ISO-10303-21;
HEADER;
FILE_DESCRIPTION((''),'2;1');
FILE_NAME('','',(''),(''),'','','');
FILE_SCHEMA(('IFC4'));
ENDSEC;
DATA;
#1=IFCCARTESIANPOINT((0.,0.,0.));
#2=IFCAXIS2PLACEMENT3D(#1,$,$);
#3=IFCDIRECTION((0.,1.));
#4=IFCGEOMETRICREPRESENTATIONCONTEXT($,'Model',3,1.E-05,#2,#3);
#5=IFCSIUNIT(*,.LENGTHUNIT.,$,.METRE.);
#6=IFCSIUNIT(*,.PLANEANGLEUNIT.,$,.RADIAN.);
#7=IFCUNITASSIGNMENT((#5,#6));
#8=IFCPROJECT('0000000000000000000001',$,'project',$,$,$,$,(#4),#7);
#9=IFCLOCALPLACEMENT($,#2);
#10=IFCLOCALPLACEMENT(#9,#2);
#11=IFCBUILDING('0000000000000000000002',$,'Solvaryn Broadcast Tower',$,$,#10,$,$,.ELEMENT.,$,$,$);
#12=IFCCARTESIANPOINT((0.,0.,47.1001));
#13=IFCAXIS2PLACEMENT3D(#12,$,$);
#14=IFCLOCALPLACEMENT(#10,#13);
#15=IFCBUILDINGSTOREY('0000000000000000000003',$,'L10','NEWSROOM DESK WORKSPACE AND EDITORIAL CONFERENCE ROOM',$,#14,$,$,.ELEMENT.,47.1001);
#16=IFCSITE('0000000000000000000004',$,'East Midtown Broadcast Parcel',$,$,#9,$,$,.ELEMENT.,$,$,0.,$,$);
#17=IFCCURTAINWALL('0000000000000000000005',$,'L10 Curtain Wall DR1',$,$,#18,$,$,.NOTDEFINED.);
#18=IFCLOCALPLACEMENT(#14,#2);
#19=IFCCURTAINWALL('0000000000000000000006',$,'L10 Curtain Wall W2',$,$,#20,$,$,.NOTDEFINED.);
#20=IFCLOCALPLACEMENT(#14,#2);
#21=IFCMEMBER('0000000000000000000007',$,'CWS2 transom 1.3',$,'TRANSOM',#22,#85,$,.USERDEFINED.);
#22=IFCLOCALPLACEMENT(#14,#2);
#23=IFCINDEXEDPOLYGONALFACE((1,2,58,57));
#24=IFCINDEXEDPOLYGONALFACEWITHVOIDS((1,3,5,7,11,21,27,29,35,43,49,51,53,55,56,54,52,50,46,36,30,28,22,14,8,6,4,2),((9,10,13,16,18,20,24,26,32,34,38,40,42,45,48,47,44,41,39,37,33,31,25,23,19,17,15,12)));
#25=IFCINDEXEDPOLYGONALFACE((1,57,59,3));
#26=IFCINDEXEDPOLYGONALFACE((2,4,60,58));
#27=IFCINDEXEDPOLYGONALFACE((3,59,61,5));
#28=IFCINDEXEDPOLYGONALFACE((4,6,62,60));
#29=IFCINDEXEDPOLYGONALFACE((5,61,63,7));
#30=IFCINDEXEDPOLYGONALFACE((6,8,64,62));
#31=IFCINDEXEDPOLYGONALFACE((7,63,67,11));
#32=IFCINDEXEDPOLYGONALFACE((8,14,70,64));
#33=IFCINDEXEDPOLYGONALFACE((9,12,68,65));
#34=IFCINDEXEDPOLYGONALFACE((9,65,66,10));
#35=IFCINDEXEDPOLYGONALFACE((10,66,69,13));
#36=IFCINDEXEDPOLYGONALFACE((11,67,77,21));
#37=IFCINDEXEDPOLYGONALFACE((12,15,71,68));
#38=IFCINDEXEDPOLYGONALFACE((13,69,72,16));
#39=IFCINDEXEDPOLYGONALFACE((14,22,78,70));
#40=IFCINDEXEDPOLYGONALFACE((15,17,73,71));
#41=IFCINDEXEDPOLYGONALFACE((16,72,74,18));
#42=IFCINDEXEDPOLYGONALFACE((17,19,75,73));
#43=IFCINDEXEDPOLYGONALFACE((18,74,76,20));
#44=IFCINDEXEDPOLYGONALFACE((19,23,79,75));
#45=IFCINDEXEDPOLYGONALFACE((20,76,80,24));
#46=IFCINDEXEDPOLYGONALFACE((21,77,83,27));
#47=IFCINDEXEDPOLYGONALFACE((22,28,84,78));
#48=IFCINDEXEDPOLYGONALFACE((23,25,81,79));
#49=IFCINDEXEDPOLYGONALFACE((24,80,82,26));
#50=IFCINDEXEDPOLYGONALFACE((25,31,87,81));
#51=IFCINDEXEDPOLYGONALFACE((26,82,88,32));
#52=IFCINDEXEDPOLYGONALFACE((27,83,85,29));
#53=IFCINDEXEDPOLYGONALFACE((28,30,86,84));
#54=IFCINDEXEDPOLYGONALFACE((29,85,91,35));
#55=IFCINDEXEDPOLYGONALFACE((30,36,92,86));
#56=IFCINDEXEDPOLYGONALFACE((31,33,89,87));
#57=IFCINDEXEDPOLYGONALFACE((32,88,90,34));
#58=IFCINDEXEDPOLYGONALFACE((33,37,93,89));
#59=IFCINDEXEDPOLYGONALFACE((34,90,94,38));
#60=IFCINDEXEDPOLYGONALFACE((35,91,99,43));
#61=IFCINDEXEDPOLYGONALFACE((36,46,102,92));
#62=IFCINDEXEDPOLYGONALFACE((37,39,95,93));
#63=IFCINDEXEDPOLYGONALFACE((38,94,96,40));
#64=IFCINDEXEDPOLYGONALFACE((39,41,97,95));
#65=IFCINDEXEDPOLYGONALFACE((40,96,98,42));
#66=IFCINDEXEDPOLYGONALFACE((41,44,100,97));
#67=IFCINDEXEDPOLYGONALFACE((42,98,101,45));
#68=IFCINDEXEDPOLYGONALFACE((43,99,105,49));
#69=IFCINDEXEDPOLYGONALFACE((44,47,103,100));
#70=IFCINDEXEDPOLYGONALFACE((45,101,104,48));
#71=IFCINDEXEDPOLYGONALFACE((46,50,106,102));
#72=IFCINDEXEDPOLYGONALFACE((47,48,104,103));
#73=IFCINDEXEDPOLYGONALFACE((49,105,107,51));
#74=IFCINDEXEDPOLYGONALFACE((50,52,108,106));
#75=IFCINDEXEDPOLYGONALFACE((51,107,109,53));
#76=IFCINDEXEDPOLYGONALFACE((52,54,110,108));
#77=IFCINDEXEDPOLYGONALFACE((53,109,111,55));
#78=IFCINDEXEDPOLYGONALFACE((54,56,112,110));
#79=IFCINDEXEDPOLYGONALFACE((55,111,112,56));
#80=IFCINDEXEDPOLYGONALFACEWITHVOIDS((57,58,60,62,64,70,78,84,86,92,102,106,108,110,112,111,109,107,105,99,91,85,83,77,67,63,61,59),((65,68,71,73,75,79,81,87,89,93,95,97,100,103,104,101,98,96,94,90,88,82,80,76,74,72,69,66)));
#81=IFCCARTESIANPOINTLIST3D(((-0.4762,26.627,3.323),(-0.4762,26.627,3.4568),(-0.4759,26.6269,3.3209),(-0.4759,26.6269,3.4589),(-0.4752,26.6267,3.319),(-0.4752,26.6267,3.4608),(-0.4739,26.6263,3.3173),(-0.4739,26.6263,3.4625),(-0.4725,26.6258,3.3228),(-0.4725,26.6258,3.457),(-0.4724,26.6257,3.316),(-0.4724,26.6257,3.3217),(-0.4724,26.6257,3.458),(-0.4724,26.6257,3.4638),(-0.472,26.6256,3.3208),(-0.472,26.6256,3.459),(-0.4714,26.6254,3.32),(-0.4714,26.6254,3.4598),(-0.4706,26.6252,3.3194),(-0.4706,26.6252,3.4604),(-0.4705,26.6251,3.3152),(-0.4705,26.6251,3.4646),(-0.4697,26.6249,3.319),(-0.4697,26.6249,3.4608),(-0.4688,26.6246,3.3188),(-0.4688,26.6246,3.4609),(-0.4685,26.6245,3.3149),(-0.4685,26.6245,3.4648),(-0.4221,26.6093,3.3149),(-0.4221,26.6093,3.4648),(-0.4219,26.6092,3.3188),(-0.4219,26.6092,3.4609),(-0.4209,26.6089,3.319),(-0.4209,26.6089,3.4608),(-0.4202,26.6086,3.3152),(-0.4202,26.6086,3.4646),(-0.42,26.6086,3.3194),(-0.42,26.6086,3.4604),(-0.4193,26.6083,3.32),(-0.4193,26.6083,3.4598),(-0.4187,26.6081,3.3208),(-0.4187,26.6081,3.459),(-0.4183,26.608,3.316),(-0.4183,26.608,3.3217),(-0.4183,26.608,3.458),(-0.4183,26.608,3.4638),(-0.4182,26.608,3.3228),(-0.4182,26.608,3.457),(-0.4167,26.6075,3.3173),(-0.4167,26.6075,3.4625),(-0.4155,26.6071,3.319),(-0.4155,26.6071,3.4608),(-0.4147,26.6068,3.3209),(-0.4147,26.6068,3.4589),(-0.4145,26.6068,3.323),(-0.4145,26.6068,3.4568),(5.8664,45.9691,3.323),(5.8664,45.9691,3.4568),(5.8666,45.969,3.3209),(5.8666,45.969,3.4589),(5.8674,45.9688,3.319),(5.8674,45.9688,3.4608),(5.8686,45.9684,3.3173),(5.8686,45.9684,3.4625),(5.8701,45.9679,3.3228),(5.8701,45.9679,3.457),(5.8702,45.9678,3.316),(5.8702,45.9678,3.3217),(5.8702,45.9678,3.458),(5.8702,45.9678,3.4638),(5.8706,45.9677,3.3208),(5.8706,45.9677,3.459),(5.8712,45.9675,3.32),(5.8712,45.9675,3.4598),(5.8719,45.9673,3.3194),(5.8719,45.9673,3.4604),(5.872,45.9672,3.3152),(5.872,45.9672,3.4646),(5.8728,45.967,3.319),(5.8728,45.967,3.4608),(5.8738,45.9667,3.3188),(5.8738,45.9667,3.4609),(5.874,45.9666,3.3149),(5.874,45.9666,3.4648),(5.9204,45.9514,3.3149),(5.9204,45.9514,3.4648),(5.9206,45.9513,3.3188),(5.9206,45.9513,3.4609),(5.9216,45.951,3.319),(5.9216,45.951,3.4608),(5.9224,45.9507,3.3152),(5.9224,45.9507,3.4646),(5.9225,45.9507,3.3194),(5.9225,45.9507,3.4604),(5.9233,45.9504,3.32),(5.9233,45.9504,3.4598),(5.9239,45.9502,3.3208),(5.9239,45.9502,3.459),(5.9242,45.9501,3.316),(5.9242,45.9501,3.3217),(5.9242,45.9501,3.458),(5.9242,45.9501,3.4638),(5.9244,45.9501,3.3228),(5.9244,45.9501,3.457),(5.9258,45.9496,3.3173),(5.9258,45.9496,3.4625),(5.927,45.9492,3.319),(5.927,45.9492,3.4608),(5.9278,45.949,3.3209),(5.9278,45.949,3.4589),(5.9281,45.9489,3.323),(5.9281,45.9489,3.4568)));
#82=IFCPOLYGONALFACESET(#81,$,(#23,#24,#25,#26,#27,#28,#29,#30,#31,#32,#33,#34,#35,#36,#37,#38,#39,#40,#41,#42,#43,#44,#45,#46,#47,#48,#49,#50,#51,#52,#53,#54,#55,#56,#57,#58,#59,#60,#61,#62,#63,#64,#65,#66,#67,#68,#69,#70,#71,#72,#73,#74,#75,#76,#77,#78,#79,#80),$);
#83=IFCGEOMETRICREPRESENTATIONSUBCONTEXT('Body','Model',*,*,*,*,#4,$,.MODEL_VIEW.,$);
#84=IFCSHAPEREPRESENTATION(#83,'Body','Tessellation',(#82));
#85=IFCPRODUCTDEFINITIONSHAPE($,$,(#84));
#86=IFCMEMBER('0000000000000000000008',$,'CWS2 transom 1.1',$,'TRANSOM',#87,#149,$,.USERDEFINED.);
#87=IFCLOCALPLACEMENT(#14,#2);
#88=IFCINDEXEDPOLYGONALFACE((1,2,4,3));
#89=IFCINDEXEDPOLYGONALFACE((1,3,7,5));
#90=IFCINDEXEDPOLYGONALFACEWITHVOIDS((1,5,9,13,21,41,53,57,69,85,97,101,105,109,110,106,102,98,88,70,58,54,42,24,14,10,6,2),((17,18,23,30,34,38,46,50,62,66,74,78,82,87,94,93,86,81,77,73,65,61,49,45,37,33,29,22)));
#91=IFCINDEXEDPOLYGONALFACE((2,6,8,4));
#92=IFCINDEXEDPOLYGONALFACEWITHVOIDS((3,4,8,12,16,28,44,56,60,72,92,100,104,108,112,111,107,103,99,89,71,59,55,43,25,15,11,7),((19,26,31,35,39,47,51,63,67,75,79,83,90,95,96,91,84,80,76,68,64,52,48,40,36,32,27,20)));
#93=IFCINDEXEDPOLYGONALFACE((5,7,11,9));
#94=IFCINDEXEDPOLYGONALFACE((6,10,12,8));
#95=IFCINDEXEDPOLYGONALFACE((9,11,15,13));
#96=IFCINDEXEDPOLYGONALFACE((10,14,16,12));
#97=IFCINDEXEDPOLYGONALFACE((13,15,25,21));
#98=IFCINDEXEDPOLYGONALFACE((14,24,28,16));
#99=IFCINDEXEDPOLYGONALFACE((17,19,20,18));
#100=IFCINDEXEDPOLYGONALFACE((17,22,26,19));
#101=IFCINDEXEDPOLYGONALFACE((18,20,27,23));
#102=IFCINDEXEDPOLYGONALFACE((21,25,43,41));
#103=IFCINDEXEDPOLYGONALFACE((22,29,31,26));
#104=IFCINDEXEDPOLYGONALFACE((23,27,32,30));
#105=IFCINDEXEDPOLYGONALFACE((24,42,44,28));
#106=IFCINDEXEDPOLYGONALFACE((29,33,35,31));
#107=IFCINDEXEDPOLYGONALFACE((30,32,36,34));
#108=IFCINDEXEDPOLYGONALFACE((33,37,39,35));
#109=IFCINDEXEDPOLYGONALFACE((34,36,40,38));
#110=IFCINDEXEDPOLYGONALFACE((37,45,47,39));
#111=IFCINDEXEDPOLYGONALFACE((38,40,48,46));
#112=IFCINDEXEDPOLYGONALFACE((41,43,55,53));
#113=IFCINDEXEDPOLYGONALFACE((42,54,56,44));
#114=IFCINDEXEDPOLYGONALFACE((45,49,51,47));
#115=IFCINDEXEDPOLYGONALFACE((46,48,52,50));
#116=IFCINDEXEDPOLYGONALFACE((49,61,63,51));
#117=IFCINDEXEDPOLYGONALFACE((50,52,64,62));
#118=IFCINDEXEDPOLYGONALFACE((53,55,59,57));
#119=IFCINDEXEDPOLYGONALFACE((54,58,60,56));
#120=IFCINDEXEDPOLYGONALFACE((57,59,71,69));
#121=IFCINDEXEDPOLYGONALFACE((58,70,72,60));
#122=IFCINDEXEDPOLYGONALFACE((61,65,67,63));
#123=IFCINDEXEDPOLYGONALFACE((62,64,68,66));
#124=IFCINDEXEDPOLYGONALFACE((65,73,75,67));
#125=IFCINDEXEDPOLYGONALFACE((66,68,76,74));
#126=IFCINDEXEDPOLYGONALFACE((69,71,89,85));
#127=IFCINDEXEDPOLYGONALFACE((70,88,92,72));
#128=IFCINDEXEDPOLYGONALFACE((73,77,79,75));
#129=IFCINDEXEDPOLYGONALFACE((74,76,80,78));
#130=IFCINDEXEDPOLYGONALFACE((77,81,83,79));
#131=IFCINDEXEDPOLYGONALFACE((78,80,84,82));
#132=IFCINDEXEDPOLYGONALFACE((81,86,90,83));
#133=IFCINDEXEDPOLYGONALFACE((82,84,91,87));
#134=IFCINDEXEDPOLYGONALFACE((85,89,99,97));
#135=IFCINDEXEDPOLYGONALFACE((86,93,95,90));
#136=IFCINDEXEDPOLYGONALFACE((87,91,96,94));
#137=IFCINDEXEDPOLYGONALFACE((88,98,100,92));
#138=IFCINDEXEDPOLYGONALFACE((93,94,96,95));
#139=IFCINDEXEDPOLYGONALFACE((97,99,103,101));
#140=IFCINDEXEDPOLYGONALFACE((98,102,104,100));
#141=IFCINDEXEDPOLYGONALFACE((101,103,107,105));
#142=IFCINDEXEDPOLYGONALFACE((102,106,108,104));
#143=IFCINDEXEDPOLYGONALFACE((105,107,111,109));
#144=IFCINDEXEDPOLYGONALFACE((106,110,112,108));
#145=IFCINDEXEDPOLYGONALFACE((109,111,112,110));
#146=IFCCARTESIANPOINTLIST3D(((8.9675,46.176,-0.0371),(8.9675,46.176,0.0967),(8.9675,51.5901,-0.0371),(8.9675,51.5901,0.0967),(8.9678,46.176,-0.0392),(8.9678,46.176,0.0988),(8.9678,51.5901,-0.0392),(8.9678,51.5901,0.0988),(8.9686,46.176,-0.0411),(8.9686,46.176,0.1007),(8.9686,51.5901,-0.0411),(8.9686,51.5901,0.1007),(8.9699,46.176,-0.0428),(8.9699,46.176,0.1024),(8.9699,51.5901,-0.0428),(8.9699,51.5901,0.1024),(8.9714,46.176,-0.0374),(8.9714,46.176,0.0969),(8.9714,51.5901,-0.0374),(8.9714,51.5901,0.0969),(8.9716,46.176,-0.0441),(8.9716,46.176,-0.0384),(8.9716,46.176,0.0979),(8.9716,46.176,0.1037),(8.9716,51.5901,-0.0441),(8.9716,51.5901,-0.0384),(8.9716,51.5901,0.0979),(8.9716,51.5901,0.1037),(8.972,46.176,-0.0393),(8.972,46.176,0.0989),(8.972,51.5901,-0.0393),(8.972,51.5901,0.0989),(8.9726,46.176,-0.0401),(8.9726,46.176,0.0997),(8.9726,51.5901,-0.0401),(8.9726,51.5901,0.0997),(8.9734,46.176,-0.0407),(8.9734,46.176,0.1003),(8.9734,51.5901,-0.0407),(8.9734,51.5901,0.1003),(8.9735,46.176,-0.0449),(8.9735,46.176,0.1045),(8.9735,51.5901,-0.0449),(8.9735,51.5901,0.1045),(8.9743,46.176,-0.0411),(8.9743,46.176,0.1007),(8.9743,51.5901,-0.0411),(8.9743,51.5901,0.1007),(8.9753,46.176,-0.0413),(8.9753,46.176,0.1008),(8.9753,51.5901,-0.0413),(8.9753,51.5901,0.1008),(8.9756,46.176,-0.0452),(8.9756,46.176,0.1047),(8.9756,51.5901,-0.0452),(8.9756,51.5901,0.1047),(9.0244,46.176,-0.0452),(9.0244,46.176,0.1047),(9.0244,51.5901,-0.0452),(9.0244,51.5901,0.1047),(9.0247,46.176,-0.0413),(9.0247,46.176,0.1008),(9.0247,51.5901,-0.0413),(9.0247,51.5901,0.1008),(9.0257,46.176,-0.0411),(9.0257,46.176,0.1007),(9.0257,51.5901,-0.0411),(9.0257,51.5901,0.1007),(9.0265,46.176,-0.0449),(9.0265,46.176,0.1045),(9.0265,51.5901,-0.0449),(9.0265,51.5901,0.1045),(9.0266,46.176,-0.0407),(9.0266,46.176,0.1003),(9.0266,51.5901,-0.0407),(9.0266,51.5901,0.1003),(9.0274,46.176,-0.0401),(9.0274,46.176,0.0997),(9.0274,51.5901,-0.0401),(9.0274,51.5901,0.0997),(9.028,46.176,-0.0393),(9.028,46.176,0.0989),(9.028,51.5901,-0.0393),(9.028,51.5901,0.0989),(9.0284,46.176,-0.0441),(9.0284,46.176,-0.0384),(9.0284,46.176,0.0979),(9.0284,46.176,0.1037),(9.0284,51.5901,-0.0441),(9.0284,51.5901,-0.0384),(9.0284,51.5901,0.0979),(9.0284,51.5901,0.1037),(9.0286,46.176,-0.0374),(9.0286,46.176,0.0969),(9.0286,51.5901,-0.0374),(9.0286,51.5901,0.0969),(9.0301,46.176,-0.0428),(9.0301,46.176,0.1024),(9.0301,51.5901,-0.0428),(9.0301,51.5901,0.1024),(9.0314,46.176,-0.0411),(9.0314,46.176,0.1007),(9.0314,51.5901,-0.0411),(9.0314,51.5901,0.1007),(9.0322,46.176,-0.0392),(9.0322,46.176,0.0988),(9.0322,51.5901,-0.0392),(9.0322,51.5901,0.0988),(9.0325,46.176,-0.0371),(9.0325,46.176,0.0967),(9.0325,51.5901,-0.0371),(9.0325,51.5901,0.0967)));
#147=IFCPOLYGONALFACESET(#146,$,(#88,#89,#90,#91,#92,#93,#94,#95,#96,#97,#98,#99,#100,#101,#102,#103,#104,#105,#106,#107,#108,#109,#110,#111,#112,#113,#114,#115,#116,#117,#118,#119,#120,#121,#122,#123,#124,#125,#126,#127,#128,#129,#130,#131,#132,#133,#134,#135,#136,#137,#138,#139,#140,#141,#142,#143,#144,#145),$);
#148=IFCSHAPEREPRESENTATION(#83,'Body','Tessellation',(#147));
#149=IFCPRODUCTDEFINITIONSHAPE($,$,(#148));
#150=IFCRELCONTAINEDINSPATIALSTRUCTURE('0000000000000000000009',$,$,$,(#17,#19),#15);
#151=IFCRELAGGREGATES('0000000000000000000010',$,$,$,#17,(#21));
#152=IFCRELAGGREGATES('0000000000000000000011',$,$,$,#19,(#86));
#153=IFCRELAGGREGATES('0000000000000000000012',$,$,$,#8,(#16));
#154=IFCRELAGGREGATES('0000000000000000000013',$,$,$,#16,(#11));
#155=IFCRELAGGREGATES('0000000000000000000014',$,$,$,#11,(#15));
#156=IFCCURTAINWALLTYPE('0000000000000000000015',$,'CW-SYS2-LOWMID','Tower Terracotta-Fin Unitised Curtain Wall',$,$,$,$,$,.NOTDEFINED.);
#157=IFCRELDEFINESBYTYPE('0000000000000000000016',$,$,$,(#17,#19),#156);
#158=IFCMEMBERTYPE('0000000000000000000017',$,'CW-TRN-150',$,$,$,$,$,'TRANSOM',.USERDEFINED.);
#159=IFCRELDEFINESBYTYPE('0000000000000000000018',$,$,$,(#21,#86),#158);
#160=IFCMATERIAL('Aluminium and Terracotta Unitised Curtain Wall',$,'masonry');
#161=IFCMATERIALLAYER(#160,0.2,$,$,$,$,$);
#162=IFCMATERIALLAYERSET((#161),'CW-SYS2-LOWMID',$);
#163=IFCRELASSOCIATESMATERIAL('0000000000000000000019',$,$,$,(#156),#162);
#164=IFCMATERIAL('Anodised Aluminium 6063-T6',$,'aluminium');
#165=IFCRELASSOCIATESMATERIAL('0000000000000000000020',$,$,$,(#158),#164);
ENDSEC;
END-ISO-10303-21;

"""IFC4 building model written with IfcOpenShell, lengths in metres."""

from ifc_helpers import new_model, si_unit, direction, frame, origin, origin_2d, place, context, subcontext, project, spatial, hollow_rectangle, extrude, material, layer, layer_set, material_profile, profile_set, type_object, element, aggregate, save


model = new_model("IFC4")

# Units and contexts
model_context = context("Model", 3, precision=1e-05, world=origin(), true_north=direction((0.0, 1.0)))
body_context = subcontext(model_context, "Body", "Model", "MODEL_VIEW")
ifc_project = project(units=[si_unit("LENGTHUNIT", "METRE"), si_unit("PLANEANGLEUNIT", "RADIAN")], contexts=[model_context])

# Site, building, storey
site_placement = place(None, origin())
site = spatial("IfcSite", under=ifc_project, at=site_placement, Name="East Midtown Broadcast Parcel", CompositionType="ELEMENT", RefElevation=0.0)
building_placement = place(site_placement, origin())
building = spatial("IfcBuilding", under=site, at=building_placement, Name="Solvaryn Broadcast Tower", CompositionType="ELEMENT")
storey_placement = place(building_placement, frame((0.0, 0.0, 47.1001)))
storey = spatial("IfcBuildingStorey", under=building, at=storey_placement, Name="L10", Description="NEWSROOM DESK WORKSPACE AND EDITORIAL CONFERENCE ROOM", CompositionType="ELEMENT", Elevation=47.1001)

# Curtain wall
ifc_material_1 = material(Name="Aluminium and Terracotta Unitised Curtain Wall", Category="masonry")
ifc_layer_1 = layer(ifc_material_1, 0.2)
ifc_layer_set_1 = layer_set([ifc_layer_1], Name="CW-SYS2-LOWMID")
curtain_wall_type = type_object("IfcCurtainWallType", Name="CW-SYS2-LOWMID", Description="Tower Terracotta-Fin Unitised Curtain Wall", PredefinedType="NOTDEFINED", material=ifc_layer_set_1)
curtain_wall_1_placement = place(storey_placement, origin())
curtain_wall_1 = element("IfcCurtainWall", 1, at=curtain_wall_1_placement, inside=storey, type_object=curtain_wall_type, Name="L10 Curtain Wall DR1", PredefinedType="NOTDEFINED")

# Curtain wall
curtain_wall_2_placement = place(storey_placement, origin())
curtain_wall_2 = element("IfcCurtainWall", 2, at=curtain_wall_2_placement, inside=storey, type_object=curtain_wall_type, Name="L10 Curtain Wall W2", PredefinedType="NOTDEFINED")

# Members
ifc_material_2 = material(Name="Anodised Aluminium 6063-T6", Category="aluminium")
ifc_material_profile_1 = material_profile(ifc_material_2, hollow_rectangle(XDim=0.0649, YDim=0.1499, WallThickness=0.0039, InnerFilletRadius=0.0039, OuterFilletRadius=0.0081, at=origin_2d()))
ifc_profile_set_1 = profile_set([ifc_material_profile_1], Name="Anodised Aluminium 6063-T6")
member_type_1 = type_object("IfcMemberType", Name="CW-TRN-150", ElementType="TRANSOM", PredefinedType="USERDEFINED", material=ifc_profile_set_1)
member_1_placement = place(storey_placement, frame((5.8972, 45.959, 3.3899), z_axis=(-0.31159, -0.950217, 0.0), x_axis=(0.950217, -0.31159, 0.0)))
member_1 = element("IfcMember", 3, at=member_1_placement, type_object=member_type_1, Name="CWS2 transom 1.3", ObjectType="TRANSOM", PredefinedType="USERDEFINED", context=body_context, shape_type="SweptSolid", body=[
    extrude(hollow_rectangle(XDim=0.0649, YDim=0.1499, WallThickness=0.0039, InnerFilletRadius=0.0039, OuterFilletRadius=0.0081, at=origin_2d()), origin(), (0.0, 0.0, 1.0), 20.3555),
])
aggregate(curtain_wall_1, [member_1])
member_2_placement = place(storey_placement, frame((9.0, 46.176, 0.0298), z_axis=(0.0, 1.0, 0.0), x_axis=(-1.0, 0.0, 0.0)))
member_2 = element("IfcMember", 4, at=member_2_placement, type_object=member_type_1, Name="CWS2 transom 1.1", ObjectType="TRANSOM", PredefinedType="USERDEFINED", context=body_context, shape_type="SweptSolid", body=[
    extrude(hollow_rectangle(XDim=0.0649, YDim=0.1499, WallThickness=0.0039, InnerFilletRadius=0.0039, OuterFilletRadius=0.0081, at=origin_2d()), origin(), (0.0, 0.0, 1.0), 5.4141),
])

aggregate(curtain_wall_2, [member_2])

save(model, "model.ifc")
